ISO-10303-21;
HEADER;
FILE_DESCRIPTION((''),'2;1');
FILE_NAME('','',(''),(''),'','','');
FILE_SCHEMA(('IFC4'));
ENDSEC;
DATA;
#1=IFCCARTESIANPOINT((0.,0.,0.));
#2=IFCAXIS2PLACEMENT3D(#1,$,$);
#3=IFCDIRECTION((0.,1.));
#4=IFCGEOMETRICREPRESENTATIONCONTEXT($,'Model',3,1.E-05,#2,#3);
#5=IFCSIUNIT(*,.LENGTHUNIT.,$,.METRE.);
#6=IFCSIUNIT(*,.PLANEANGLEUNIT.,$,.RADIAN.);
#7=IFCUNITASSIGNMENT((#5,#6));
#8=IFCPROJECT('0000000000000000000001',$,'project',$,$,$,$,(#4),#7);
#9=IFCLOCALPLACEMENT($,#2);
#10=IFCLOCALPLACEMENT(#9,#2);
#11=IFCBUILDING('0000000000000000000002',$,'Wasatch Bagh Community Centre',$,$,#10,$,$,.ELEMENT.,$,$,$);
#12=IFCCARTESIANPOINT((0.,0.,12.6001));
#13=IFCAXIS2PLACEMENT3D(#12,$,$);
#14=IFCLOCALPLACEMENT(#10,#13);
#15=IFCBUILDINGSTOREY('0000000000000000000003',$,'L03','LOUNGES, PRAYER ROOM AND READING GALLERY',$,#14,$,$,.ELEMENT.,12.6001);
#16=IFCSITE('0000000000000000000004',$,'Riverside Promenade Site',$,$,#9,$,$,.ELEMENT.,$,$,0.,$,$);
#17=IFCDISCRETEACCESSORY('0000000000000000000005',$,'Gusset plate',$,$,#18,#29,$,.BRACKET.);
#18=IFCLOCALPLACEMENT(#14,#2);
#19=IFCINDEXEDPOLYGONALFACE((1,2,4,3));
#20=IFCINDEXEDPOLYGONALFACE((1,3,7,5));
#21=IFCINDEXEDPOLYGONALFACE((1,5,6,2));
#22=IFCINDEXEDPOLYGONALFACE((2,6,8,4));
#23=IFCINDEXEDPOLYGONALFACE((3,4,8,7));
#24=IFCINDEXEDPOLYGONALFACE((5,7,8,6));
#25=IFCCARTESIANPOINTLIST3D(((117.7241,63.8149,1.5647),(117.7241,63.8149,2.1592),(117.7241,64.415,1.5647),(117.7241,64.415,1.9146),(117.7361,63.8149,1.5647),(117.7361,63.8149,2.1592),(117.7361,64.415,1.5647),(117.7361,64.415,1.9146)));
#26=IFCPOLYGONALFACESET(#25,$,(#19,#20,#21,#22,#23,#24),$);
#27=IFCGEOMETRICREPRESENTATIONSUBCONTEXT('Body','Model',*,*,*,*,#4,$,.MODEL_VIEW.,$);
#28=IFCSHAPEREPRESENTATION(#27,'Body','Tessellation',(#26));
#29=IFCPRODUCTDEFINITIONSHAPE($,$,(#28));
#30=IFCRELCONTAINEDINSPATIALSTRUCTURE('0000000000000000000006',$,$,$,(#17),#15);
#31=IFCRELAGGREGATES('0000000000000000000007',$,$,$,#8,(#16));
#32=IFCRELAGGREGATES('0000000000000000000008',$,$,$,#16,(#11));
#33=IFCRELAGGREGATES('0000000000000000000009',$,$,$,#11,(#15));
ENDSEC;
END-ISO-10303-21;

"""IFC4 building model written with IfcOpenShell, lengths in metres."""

from ifc_helpers import new_model, si_unit, direction, frame, origin, place, context, subcontext, project, spatial, polyline, outline, extrude, element, save


model = new_model("IFC4")

# Units and contexts
model_context = context("Model", 3, precision=1e-05, world=origin(), true_north=direction((0.0, 1.0)))
body_context = subcontext(model_context, "Body", "Model", "MODEL_VIEW")
ifc_project = project(units=[si_unit("LENGTHUNIT", "METRE"), si_unit("PLANEANGLEUNIT", "RADIAN")], contexts=[model_context])

# Site, building, storey
site_placement = place(None, origin())
site = spatial("IfcSite", under=ifc_project, at=site_placement, Name="Riverside Promenade Site", CompositionType="ELEMENT", RefElevation=0.0)
building_placement = place(site_placement, origin())
building = spatial("IfcBuilding", under=site, at=building_placement, Name="Wasatch Bagh Community Centre", CompositionType="ELEMENT")
storey_placement = place(building_placement, frame((0.0, 0.0, 12.6001)))
storey = spatial("IfcBuildingStorey", under=building, at=storey_placement, Name="L03", Description="LOUNGES, PRAYER ROOM AND READING GALLERY", CompositionType="ELEMENT", Elevation=12.6001)

# Discrete accessory
discrete_accessory_1_placement = place(storey_placement, frame((117.7241, 63.8149, 2.1592), z_axis=(-1.0, 0.0, 0.0), x_axis=(0.0, 0.926014, -0.377488)))
element("IfcDiscreteAccessory", 1, at=discrete_accessory_1_placement, inside=storey, Name="Gusset plate", PredefinedType="BRACKET", context=body_context, shape_type="SweptSolid", body=[
    extrude(outline(polyline([(0.0, 0.0), (0.648, 0.0), (0.7801, 0.324), (0.2244, 0.5505), (0.0, 0.0)])), origin(), (0.0, 0.0, -1.0), 0.012),
])

save(model, "model.ifc")
